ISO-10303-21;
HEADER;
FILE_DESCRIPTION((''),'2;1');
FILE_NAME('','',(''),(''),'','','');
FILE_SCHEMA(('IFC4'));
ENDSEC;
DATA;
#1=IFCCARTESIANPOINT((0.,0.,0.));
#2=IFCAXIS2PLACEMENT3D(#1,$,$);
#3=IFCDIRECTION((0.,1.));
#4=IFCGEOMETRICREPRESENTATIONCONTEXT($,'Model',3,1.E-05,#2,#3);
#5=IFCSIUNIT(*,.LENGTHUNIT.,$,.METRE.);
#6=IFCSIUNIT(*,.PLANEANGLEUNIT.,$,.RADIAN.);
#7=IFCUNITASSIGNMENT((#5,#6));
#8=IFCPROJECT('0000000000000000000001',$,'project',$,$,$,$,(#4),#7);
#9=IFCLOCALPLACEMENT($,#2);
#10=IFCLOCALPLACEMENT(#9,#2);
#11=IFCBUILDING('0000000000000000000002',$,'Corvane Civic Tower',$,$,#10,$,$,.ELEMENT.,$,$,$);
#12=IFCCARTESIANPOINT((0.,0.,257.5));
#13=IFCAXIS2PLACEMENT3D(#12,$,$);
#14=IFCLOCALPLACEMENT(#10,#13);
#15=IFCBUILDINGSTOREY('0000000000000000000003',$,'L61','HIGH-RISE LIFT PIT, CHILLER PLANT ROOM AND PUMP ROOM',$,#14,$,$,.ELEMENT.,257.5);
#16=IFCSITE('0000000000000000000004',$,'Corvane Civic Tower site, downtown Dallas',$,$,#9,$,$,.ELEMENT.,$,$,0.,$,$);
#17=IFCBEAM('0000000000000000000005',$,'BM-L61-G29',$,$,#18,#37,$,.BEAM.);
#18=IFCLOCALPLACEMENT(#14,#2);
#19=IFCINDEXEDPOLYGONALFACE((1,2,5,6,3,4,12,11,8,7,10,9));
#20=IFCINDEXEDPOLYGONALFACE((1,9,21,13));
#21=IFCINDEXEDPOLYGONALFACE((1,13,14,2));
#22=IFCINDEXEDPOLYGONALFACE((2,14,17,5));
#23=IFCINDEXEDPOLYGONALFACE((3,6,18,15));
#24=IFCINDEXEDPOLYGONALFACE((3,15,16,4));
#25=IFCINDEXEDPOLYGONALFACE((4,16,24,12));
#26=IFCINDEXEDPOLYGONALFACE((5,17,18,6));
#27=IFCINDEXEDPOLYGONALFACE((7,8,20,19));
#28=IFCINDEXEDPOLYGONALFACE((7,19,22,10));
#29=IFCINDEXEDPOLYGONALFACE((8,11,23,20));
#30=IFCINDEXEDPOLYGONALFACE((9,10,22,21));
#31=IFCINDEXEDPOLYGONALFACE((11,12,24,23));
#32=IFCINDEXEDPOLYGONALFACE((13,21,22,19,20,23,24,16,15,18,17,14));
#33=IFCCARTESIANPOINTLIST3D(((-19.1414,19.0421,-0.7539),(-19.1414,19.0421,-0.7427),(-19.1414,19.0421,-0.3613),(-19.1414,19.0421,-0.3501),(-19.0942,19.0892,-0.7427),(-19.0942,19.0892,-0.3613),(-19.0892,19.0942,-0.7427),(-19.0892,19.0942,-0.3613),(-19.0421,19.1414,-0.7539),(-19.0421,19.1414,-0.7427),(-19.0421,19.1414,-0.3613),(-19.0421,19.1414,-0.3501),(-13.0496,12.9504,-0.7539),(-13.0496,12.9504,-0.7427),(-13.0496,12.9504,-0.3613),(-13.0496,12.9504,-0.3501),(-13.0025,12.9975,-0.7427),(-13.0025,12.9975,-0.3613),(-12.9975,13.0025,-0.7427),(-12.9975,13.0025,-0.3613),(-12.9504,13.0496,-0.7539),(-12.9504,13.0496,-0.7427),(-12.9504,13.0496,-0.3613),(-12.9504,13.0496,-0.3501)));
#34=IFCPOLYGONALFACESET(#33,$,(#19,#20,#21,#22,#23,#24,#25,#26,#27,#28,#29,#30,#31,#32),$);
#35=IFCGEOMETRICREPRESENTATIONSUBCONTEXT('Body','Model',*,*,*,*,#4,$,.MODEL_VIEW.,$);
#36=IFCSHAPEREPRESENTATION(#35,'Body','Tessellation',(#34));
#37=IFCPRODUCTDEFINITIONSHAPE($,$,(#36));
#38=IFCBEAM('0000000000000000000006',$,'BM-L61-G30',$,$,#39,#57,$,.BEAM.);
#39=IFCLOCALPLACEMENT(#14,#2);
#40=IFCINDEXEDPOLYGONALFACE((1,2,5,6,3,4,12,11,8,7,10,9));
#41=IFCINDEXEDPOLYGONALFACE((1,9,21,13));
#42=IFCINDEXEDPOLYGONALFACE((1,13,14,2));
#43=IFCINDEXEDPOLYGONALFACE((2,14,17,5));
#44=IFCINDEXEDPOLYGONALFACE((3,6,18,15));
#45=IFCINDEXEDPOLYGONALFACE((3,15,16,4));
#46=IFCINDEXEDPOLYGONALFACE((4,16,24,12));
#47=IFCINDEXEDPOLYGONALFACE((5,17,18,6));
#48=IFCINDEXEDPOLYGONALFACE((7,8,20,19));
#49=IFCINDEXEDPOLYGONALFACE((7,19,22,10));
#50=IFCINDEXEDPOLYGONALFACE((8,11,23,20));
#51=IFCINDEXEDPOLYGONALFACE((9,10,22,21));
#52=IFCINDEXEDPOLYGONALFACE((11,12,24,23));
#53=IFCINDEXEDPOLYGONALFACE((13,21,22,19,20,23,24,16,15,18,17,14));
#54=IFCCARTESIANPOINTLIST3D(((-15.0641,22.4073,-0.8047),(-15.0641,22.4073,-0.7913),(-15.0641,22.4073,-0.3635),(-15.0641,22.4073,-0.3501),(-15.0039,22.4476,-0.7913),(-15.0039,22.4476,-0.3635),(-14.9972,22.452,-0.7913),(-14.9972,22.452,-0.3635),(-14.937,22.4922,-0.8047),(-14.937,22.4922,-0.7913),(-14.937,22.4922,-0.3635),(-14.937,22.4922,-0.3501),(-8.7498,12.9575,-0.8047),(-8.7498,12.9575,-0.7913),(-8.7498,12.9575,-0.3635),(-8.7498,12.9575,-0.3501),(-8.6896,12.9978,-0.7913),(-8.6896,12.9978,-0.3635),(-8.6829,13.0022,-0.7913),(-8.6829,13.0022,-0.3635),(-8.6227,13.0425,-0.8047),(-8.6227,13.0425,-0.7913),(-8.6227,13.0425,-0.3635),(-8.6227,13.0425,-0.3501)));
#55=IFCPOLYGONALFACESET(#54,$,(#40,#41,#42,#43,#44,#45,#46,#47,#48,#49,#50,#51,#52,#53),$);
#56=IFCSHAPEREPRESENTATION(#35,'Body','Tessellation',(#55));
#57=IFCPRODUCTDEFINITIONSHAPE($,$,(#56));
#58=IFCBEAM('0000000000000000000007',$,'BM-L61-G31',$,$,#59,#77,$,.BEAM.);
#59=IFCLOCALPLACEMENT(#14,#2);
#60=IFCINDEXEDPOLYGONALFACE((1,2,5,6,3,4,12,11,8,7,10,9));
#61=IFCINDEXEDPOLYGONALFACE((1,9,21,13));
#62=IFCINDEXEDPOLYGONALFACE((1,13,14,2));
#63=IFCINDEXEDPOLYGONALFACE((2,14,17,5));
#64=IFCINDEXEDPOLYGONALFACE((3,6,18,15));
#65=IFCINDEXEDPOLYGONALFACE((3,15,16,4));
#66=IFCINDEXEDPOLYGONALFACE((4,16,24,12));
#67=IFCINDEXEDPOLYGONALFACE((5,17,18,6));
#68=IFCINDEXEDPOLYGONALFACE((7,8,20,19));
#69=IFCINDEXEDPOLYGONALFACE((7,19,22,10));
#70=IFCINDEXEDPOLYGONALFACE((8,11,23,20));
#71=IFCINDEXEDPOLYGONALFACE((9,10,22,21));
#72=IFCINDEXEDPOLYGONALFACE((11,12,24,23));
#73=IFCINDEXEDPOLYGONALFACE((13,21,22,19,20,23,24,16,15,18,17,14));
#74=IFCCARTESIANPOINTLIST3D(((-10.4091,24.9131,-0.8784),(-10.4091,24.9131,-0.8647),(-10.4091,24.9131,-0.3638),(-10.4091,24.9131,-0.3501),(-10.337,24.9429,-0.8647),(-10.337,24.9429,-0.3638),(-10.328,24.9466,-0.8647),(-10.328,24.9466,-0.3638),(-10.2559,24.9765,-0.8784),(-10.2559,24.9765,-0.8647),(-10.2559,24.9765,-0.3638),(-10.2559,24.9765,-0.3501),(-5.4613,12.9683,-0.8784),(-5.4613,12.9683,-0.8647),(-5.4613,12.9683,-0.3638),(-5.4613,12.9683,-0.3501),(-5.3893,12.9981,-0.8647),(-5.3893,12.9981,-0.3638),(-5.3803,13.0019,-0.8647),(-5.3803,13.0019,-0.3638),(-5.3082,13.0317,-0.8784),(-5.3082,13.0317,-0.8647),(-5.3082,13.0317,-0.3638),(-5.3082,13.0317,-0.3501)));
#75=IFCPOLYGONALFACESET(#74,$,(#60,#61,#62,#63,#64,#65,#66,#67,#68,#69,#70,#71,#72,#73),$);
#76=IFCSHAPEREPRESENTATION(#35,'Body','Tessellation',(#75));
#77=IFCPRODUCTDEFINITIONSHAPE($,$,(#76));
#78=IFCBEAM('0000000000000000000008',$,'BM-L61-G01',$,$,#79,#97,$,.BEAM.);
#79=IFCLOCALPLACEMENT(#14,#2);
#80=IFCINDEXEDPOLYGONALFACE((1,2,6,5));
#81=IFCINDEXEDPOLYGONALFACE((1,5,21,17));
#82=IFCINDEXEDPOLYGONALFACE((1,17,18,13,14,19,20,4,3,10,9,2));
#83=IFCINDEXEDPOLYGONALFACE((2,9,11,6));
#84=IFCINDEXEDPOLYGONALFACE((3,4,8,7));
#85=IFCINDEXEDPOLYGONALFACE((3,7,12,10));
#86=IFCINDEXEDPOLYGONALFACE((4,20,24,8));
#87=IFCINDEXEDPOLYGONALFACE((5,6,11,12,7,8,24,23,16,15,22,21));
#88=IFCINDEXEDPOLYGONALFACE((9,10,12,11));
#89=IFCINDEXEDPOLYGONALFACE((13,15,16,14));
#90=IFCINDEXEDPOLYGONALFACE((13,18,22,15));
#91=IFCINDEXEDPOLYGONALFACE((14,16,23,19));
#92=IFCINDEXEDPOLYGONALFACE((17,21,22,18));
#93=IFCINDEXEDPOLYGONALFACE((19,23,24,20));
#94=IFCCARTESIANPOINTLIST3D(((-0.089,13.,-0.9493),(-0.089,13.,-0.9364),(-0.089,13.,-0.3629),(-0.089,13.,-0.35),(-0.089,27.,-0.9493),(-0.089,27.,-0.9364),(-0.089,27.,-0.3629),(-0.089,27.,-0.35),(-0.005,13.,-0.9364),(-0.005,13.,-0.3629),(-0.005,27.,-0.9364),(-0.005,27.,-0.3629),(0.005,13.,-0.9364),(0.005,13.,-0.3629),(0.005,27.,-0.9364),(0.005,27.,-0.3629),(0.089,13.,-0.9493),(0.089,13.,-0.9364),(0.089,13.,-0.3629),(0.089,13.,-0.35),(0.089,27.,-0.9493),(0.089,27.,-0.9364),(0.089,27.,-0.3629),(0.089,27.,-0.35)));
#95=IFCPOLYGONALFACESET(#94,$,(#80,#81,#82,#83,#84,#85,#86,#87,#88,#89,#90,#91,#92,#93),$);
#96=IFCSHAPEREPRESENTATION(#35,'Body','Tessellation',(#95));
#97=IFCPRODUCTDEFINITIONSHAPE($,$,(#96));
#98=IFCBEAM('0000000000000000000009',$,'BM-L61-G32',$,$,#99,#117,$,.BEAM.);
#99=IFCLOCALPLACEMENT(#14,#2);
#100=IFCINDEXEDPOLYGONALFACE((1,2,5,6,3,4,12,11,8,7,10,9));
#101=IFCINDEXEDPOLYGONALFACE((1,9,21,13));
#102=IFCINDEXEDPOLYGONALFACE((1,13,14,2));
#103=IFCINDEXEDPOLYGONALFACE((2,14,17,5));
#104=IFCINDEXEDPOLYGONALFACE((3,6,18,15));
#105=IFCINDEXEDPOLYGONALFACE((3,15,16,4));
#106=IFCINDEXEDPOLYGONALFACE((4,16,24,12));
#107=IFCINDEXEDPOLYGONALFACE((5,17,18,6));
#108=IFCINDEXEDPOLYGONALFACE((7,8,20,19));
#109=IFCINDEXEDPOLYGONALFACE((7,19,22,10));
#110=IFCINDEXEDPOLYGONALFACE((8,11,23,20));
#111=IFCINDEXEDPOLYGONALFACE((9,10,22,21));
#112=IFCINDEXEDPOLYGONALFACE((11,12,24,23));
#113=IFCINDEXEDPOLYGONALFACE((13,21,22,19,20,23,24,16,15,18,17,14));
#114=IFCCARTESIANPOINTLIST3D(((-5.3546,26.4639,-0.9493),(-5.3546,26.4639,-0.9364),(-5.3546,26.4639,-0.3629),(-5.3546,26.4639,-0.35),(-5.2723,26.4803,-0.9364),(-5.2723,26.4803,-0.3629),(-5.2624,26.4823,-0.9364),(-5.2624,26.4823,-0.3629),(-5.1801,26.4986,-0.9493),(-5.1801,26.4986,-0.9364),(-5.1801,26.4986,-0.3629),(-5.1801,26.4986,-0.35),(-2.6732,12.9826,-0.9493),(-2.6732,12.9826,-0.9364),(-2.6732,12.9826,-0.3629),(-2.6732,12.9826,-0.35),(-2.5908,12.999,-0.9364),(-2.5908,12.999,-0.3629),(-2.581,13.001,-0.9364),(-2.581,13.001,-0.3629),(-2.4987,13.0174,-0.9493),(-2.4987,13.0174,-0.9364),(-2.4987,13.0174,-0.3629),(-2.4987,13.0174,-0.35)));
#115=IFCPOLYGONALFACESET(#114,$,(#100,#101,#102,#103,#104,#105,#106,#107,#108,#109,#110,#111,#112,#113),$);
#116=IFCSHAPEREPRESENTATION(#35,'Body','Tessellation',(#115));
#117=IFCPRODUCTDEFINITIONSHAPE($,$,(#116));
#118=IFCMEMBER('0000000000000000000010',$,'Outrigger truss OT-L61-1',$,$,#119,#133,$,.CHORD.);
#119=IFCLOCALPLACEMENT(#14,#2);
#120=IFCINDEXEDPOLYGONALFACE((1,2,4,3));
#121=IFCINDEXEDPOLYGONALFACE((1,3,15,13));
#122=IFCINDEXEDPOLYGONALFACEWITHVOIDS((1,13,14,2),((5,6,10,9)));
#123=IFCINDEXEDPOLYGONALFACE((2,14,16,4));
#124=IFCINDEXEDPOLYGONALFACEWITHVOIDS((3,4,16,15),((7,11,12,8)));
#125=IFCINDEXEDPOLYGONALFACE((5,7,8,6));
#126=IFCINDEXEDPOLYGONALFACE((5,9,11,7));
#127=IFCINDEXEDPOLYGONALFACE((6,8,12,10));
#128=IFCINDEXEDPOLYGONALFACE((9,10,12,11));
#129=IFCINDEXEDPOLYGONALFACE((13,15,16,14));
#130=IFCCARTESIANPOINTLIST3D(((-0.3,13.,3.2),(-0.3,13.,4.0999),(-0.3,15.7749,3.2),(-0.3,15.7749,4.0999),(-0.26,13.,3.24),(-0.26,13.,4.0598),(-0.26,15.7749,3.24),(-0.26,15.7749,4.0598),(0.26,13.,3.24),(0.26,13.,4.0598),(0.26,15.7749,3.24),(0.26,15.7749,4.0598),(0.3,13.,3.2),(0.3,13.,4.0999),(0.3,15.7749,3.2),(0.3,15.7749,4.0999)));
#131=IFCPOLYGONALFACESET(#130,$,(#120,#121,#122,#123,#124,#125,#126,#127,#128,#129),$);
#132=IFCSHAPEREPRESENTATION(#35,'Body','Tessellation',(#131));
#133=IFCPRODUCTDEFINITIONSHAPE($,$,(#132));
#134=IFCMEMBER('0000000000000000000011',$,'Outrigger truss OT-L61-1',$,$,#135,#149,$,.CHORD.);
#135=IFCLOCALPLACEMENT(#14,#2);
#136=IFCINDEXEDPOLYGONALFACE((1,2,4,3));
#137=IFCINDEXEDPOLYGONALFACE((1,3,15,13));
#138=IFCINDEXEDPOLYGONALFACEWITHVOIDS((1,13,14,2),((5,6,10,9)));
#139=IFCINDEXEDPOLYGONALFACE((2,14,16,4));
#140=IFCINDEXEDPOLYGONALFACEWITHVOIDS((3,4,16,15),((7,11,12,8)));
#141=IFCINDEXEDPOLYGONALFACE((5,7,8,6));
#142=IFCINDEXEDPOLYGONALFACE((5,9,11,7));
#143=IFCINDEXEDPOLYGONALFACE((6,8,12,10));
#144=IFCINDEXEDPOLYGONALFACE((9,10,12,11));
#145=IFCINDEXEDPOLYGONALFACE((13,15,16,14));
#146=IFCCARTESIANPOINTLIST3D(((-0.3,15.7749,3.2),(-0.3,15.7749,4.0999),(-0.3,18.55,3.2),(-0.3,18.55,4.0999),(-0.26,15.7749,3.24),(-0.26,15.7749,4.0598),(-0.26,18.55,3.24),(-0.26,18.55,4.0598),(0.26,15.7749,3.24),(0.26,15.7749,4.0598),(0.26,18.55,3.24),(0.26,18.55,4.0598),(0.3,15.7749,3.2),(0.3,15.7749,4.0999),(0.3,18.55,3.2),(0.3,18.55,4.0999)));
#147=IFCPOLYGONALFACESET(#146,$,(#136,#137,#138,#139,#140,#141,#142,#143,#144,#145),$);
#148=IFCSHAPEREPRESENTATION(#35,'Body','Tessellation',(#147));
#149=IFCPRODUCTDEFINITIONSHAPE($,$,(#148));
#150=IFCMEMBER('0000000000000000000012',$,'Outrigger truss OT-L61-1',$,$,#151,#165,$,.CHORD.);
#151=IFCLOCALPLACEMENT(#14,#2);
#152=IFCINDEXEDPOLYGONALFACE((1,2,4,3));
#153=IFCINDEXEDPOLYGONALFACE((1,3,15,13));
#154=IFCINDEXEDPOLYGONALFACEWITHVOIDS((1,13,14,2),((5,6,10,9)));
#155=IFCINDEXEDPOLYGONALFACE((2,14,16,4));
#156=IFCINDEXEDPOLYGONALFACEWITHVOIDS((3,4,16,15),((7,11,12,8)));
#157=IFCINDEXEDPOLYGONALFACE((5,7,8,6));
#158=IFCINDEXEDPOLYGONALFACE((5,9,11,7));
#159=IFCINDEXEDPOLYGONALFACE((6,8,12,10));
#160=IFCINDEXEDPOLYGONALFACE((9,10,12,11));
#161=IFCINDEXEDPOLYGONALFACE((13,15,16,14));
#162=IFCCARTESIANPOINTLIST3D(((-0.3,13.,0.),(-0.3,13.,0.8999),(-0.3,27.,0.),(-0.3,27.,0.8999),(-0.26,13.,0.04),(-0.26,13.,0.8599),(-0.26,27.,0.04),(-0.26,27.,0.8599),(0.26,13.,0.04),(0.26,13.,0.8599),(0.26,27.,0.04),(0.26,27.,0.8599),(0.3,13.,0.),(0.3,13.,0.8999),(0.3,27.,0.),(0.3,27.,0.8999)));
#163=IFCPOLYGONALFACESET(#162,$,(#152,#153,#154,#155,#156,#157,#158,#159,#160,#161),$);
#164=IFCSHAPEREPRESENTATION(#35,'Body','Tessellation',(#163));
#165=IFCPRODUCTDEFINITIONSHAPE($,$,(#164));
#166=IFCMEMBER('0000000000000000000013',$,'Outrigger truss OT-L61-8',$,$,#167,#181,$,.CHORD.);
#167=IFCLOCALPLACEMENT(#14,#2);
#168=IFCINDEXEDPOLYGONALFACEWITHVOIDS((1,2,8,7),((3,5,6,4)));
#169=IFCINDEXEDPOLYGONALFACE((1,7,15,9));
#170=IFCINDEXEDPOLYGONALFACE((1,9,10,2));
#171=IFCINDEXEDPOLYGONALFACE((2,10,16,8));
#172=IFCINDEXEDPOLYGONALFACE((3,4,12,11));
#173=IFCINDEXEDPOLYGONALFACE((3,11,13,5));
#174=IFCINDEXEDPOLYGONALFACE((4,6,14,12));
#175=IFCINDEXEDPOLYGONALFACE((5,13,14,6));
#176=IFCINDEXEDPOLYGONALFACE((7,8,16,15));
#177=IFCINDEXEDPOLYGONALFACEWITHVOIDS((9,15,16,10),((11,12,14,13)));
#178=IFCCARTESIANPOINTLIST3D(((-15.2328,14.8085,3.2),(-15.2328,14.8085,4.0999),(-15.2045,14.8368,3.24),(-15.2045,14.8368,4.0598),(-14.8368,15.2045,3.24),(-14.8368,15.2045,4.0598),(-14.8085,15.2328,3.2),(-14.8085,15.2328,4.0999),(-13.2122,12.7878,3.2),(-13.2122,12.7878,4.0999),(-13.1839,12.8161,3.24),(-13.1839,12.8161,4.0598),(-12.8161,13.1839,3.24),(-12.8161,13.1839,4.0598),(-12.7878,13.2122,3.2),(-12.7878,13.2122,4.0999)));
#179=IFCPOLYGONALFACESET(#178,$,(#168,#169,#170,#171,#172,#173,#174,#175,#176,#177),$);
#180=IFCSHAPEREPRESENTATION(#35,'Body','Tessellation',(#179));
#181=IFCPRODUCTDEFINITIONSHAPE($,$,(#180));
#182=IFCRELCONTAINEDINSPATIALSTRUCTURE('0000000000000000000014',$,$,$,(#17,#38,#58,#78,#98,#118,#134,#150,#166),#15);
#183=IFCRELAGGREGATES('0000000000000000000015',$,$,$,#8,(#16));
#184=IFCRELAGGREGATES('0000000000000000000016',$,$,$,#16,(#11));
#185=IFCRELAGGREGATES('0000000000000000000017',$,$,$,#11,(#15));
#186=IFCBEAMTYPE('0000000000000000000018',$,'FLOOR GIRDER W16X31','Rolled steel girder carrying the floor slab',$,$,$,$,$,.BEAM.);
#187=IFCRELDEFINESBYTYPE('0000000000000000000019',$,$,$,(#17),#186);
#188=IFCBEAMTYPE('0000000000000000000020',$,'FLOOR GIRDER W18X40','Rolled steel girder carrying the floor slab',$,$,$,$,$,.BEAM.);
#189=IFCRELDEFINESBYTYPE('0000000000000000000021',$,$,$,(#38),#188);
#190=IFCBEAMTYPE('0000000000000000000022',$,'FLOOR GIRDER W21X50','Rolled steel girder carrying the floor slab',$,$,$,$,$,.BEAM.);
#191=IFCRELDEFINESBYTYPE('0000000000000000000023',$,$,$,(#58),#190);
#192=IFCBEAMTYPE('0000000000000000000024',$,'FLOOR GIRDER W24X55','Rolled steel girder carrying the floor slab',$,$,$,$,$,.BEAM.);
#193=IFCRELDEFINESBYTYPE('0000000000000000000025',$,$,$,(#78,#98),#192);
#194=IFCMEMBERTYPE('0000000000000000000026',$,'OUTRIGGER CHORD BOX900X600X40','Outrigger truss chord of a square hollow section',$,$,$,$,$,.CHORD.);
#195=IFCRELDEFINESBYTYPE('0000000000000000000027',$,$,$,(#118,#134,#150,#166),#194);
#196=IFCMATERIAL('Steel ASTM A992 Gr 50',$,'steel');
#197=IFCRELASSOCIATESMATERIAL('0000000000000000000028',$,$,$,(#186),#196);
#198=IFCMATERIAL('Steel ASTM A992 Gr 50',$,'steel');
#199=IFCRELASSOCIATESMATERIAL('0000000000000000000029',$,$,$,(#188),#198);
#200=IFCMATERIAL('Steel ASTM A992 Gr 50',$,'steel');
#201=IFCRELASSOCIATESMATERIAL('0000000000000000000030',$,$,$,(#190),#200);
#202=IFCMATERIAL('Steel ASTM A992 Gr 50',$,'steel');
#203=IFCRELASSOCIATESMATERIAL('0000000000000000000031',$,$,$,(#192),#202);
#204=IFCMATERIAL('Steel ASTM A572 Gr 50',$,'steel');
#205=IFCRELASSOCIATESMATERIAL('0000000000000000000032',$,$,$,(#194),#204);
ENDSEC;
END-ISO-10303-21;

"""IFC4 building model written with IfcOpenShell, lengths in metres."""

from ifc_helpers import new_model, si_unit, direction, frame, origin, origin_2d, place, context, subcontext, project, spatial, hollow_rectangle, i_section, extrude, material, material_profile, profile_set, type_object, element, save


model = new_model("IFC4")

# Units and contexts
model_context = context("Model", 3, precision=1e-05, world=origin(), true_north=direction((0.0, 1.0)))
body_context = subcontext(model_context, "Body", "Model", "MODEL_VIEW")
ifc_project = project(units=[si_unit("LENGTHUNIT", "METRE"), si_unit("PLANEANGLEUNIT", "RADIAN")], contexts=[model_context])

# Site, building, storey
site_placement = place(None, origin())
site = spatial("IfcSite", under=ifc_project, at=site_placement, Name="Corvane Civic Tower site, downtown Dallas", CompositionType="ELEMENT", RefElevation=0.0)
building_placement = place(site_placement, origin())
building = spatial("IfcBuilding", under=site, at=building_placement, Name="Corvane Civic Tower", CompositionType="ELEMENT")
storey_placement = place(building_placement, frame((0.0, 0.0, 257.5)))
storey = spatial("IfcBuildingStorey", under=building, at=storey_placement, Name="L61", Description="HIGH-RISE LIFT PIT, CHILLER PLANT ROOM AND PUMP ROOM", CompositionType="ELEMENT", Elevation=257.5)

# Beams
ifc_material_1 = material(Name="Steel ASTM A992 Gr 50", Category="steel")
ifc_material_profile_1 = material_profile(ifc_material_1, i_section(OverallWidth=0.1404, OverallDepth=0.4038, WebThickness=0.0071, FlangeThickness=0.0112, at=origin_2d()), Name="W16X31")
ifc_profile_set_1 = profile_set([ifc_material_profile_1], Name="Steel ASTM A992 Gr 50")
beam_type_1 = type_object("IfcBeamType", Name="FLOOR GIRDER W16X31", Description="Rolled steel girder carrying the floor slab", PredefinedType="BEAM", material=ifc_profile_set_1)
beam_1_placement = place(storey_placement, frame((-13.0, 13.0, -0.552), z_axis=(-0.707107, 0.707107, 0.0), x_axis=(-0.707107, -0.707107, 0.0)))
element("IfcBeam", 1, at=beam_1_placement, inside=storey, type_object=beam_type_1, Name="BM-L61-G29", PredefinedType="BEAM", context=body_context, shape_type="SweptSolid", body=[
    extrude(i_section(OverallWidth=0.1404, OverallDepth=0.4038, WebThickness=0.0071, FlangeThickness=0.0112, at=origin_2d()), origin(), (0.0, 0.0, 1.0), 8.615),
])
ifc_material_2 = material(Name="Steel ASTM A992 Gr 50", Category="steel")
ifc_material_profile_2 = material_profile(ifc_material_2, i_section(OverallWidth=0.1528, OverallDepth=0.4546, WebThickness=0.0081, FlangeThickness=0.0134, at=origin_2d()), Name="W18X40")
ifc_profile_set_2 = profile_set([ifc_material_profile_2], Name="Steel ASTM A992 Gr 50")
beam_type_2 = type_object("IfcBeamType", Name="FLOOR GIRDER W18X40", Description="Rolled steel girder carrying the floor slab", PredefinedType="BEAM", material=ifc_profile_set_2)
beam_2_placement = place(storey_placement, frame((-8.6863, 13.0, -0.5774), z_axis=(-0.555577, 0.831465, 0.0), x_axis=(-0.831465, -0.555577, 0.0)))
element("IfcBeam", 2, at=beam_2_placement, inside=storey, type_object=beam_type_2, Name="BM-L61-G30", PredefinedType="BEAM", context=body_context, shape_type="SweptSolid", body=[
    extrude(i_section(OverallWidth=0.1528, OverallDepth=0.4546, WebThickness=0.0081, FlangeThickness=0.0134, at=origin_2d()), origin(), (0.0, 0.0, 1.0), 11.3652),
])
ifc_material_3 = material(Name="Steel ASTM A992 Gr 50", Category="steel")
ifc_material_profile_3 = material_profile(ifc_material_3, i_section(OverallWidth=0.1658, OverallDepth=0.5283, WebThickness=0.0098, FlangeThickness=0.0137, at=origin_2d()), Name="W21X50")
ifc_profile_set_3 = profile_set([ifc_material_profile_3], Name="Steel ASTM A992 Gr 50")
beam_type_3 = type_object("IfcBeamType", Name="FLOOR GIRDER W21X50", Description="Rolled steel girder carrying the floor slab", PredefinedType="BEAM", material=ifc_profile_set_3)
beam_3_placement = place(storey_placement, frame((-5.3848, 13.0, -0.6143), z_axis=(-0.382686, 0.923878, 0.0), x_axis=(-0.923878, -0.382686, 0.0)))
element("IfcBeam", 3, at=beam_3_placement, inside=storey, type_object=beam_type_3, Name="BM-L61-G31", PredefinedType="BEAM", context=body_context, shape_type="SweptSolid", body=[
    extrude(i_section(OverallWidth=0.1658, OverallDepth=0.5283, WebThickness=0.0098, FlangeThickness=0.0137, at=origin_2d()), origin(), (0.0, 0.0, 1.0), 12.929),
])
ifc_material_4 = material(Name="Steel ASTM A992 Gr 50", Category="steel")
ifc_material_profile_4 = material_profile(ifc_material_4, i_section(OverallWidth=0.178, OverallDepth=0.5994, WebThickness=0.01, FlangeThickness=0.0129, at=origin_2d()), Name="W24X55")
ifc_profile_set_4 = profile_set([ifc_material_profile_4], Name="Steel ASTM A992 Gr 50")
beam_type_4 = type_object("IfcBeamType", Name="FLOOR GIRDER W24X55", Description="Rolled steel girder carrying the floor slab", PredefinedType="BEAM", material=ifc_profile_set_4)
beam_4_placement = place(storey_placement, frame((0.0, 13.0, -0.6497), z_axis=(0.0, 1.0, 0.0), x_axis=(-1.0, 0.0, 0.0)))
element("IfcBeam", 4, at=beam_4_placement, inside=storey, type_object=beam_type_4, Name="BM-L61-G01", PredefinedType="BEAM", context=body_context, shape_type="SweptSolid", body=[
    extrude(i_section(OverallWidth=0.178, OverallDepth=0.5994, WebThickness=0.01, FlangeThickness=0.0129, at=origin_2d()), origin(), (0.0, 0.0, 1.0), 14.0),
])
beam_5_placement = place(storey_placement, frame((-2.5859, 13.0, -0.6497), z_axis=(-0.195078, 0.980788, 0.0), x_axis=(-0.980788, -0.195078, 0.0)))
element("IfcBeam", 5, at=beam_5_placement, inside=storey, type_object=beam_type_4, Name="BM-L61-G32", PredefinedType="BEAM", context=body_context, shape_type="SweptSolid", body=[
    extrude(i_section(OverallWidth=0.178, OverallDepth=0.5994, WebThickness=0.01, FlangeThickness=0.0129, at=origin_2d()), origin(), (0.0, 0.0, 1.0), 13.7454),
])

# Members
ifc_material_5 = material(Name="Steel ASTM A572 Gr 50", Category="steel")
ifc_material_profile_5 = material_profile(ifc_material_5, hollow_rectangle(XDim=0.6001, YDim=0.8999, WallThickness=0.04, at=origin_2d()), Name="BOX900X600X40")
ifc_profile_set_5 = profile_set([ifc_material_profile_5], Name="Steel ASTM A572 Gr 50")
member_type_1 = type_object("IfcMemberType", Name="OUTRIGGER CHORD BOX900X600X40", Description="Outrigger truss chord of a square hollow section", PredefinedType="CHORD", material=ifc_profile_set_5)
member_1_placement = place(storey_placement, frame((0.0, 13.0, 3.6499), z_axis=(0.0, 1.0, 0.0), x_axis=(-1.0, 0.0, 0.0)))
element("IfcMember", 6, at=member_1_placement, inside=storey, type_object=member_type_1, Name="Outrigger truss OT-L61-1", PredefinedType="CHORD", context=body_context, shape_type="SweptSolid", body=[
    extrude(hollow_rectangle(XDim=0.6001, YDim=0.8999, WallThickness=0.04, at=origin_2d()), origin(), (0.0, 0.0, 1.0), 2.7749),
])
member_2_placement = place(storey_placement, frame((0.0, 15.7749, 3.6499), z_axis=(0.0, 1.0, 0.0), x_axis=(-1.0, 0.0, 0.0)))
element("IfcMember", 7, at=member_2_placement, inside=storey, type_object=member_type_1, Name="Outrigger truss OT-L61-1", PredefinedType="CHORD", context=body_context, shape_type="SweptSolid", body=[
    extrude(hollow_rectangle(XDim=0.6001, YDim=0.8999, WallThickness=0.04, at=origin_2d()), origin(), (0.0, 0.0, 1.0), 2.7751),
])
member_3_placement = place(storey_placement, frame((0.0, 13.0, 0.45), z_axis=(0.0, 1.0, 0.0), x_axis=(-1.0, 0.0, 0.0)))
element("IfcMember", 8, at=member_3_placement, inside=storey, type_object=member_type_1, Name="Outrigger truss OT-L61-1", PredefinedType="CHORD", context=body_context, shape_type="SweptSolid", body=[
    extrude(hollow_rectangle(XDim=0.6001, YDim=0.8999, WallThickness=0.04, at=origin_2d()), origin(), (0.0, 0.0, 1.0), 14.0),
])
member_4_placement = place(storey_placement, frame((-13.0, 13.0, 3.6499), z_axis=(-0.707107, 0.707107, 0.0), x_axis=(-0.707107, -0.707107, 0.0)))
element("IfcMember", 9, at=member_4_placement, inside=storey, type_object=member_type_1, Name="Outrigger truss OT-L61-8", PredefinedType="CHORD", context=body_context, shape_type="SweptSolid", body=[
    extrude(hollow_rectangle(XDim=0.6001, YDim=0.8999, WallThickness=0.04, at=origin_2d()), origin(), (0.0, 0.0, 1.0), 2.8577),
])

save(model, "model.ifc")
